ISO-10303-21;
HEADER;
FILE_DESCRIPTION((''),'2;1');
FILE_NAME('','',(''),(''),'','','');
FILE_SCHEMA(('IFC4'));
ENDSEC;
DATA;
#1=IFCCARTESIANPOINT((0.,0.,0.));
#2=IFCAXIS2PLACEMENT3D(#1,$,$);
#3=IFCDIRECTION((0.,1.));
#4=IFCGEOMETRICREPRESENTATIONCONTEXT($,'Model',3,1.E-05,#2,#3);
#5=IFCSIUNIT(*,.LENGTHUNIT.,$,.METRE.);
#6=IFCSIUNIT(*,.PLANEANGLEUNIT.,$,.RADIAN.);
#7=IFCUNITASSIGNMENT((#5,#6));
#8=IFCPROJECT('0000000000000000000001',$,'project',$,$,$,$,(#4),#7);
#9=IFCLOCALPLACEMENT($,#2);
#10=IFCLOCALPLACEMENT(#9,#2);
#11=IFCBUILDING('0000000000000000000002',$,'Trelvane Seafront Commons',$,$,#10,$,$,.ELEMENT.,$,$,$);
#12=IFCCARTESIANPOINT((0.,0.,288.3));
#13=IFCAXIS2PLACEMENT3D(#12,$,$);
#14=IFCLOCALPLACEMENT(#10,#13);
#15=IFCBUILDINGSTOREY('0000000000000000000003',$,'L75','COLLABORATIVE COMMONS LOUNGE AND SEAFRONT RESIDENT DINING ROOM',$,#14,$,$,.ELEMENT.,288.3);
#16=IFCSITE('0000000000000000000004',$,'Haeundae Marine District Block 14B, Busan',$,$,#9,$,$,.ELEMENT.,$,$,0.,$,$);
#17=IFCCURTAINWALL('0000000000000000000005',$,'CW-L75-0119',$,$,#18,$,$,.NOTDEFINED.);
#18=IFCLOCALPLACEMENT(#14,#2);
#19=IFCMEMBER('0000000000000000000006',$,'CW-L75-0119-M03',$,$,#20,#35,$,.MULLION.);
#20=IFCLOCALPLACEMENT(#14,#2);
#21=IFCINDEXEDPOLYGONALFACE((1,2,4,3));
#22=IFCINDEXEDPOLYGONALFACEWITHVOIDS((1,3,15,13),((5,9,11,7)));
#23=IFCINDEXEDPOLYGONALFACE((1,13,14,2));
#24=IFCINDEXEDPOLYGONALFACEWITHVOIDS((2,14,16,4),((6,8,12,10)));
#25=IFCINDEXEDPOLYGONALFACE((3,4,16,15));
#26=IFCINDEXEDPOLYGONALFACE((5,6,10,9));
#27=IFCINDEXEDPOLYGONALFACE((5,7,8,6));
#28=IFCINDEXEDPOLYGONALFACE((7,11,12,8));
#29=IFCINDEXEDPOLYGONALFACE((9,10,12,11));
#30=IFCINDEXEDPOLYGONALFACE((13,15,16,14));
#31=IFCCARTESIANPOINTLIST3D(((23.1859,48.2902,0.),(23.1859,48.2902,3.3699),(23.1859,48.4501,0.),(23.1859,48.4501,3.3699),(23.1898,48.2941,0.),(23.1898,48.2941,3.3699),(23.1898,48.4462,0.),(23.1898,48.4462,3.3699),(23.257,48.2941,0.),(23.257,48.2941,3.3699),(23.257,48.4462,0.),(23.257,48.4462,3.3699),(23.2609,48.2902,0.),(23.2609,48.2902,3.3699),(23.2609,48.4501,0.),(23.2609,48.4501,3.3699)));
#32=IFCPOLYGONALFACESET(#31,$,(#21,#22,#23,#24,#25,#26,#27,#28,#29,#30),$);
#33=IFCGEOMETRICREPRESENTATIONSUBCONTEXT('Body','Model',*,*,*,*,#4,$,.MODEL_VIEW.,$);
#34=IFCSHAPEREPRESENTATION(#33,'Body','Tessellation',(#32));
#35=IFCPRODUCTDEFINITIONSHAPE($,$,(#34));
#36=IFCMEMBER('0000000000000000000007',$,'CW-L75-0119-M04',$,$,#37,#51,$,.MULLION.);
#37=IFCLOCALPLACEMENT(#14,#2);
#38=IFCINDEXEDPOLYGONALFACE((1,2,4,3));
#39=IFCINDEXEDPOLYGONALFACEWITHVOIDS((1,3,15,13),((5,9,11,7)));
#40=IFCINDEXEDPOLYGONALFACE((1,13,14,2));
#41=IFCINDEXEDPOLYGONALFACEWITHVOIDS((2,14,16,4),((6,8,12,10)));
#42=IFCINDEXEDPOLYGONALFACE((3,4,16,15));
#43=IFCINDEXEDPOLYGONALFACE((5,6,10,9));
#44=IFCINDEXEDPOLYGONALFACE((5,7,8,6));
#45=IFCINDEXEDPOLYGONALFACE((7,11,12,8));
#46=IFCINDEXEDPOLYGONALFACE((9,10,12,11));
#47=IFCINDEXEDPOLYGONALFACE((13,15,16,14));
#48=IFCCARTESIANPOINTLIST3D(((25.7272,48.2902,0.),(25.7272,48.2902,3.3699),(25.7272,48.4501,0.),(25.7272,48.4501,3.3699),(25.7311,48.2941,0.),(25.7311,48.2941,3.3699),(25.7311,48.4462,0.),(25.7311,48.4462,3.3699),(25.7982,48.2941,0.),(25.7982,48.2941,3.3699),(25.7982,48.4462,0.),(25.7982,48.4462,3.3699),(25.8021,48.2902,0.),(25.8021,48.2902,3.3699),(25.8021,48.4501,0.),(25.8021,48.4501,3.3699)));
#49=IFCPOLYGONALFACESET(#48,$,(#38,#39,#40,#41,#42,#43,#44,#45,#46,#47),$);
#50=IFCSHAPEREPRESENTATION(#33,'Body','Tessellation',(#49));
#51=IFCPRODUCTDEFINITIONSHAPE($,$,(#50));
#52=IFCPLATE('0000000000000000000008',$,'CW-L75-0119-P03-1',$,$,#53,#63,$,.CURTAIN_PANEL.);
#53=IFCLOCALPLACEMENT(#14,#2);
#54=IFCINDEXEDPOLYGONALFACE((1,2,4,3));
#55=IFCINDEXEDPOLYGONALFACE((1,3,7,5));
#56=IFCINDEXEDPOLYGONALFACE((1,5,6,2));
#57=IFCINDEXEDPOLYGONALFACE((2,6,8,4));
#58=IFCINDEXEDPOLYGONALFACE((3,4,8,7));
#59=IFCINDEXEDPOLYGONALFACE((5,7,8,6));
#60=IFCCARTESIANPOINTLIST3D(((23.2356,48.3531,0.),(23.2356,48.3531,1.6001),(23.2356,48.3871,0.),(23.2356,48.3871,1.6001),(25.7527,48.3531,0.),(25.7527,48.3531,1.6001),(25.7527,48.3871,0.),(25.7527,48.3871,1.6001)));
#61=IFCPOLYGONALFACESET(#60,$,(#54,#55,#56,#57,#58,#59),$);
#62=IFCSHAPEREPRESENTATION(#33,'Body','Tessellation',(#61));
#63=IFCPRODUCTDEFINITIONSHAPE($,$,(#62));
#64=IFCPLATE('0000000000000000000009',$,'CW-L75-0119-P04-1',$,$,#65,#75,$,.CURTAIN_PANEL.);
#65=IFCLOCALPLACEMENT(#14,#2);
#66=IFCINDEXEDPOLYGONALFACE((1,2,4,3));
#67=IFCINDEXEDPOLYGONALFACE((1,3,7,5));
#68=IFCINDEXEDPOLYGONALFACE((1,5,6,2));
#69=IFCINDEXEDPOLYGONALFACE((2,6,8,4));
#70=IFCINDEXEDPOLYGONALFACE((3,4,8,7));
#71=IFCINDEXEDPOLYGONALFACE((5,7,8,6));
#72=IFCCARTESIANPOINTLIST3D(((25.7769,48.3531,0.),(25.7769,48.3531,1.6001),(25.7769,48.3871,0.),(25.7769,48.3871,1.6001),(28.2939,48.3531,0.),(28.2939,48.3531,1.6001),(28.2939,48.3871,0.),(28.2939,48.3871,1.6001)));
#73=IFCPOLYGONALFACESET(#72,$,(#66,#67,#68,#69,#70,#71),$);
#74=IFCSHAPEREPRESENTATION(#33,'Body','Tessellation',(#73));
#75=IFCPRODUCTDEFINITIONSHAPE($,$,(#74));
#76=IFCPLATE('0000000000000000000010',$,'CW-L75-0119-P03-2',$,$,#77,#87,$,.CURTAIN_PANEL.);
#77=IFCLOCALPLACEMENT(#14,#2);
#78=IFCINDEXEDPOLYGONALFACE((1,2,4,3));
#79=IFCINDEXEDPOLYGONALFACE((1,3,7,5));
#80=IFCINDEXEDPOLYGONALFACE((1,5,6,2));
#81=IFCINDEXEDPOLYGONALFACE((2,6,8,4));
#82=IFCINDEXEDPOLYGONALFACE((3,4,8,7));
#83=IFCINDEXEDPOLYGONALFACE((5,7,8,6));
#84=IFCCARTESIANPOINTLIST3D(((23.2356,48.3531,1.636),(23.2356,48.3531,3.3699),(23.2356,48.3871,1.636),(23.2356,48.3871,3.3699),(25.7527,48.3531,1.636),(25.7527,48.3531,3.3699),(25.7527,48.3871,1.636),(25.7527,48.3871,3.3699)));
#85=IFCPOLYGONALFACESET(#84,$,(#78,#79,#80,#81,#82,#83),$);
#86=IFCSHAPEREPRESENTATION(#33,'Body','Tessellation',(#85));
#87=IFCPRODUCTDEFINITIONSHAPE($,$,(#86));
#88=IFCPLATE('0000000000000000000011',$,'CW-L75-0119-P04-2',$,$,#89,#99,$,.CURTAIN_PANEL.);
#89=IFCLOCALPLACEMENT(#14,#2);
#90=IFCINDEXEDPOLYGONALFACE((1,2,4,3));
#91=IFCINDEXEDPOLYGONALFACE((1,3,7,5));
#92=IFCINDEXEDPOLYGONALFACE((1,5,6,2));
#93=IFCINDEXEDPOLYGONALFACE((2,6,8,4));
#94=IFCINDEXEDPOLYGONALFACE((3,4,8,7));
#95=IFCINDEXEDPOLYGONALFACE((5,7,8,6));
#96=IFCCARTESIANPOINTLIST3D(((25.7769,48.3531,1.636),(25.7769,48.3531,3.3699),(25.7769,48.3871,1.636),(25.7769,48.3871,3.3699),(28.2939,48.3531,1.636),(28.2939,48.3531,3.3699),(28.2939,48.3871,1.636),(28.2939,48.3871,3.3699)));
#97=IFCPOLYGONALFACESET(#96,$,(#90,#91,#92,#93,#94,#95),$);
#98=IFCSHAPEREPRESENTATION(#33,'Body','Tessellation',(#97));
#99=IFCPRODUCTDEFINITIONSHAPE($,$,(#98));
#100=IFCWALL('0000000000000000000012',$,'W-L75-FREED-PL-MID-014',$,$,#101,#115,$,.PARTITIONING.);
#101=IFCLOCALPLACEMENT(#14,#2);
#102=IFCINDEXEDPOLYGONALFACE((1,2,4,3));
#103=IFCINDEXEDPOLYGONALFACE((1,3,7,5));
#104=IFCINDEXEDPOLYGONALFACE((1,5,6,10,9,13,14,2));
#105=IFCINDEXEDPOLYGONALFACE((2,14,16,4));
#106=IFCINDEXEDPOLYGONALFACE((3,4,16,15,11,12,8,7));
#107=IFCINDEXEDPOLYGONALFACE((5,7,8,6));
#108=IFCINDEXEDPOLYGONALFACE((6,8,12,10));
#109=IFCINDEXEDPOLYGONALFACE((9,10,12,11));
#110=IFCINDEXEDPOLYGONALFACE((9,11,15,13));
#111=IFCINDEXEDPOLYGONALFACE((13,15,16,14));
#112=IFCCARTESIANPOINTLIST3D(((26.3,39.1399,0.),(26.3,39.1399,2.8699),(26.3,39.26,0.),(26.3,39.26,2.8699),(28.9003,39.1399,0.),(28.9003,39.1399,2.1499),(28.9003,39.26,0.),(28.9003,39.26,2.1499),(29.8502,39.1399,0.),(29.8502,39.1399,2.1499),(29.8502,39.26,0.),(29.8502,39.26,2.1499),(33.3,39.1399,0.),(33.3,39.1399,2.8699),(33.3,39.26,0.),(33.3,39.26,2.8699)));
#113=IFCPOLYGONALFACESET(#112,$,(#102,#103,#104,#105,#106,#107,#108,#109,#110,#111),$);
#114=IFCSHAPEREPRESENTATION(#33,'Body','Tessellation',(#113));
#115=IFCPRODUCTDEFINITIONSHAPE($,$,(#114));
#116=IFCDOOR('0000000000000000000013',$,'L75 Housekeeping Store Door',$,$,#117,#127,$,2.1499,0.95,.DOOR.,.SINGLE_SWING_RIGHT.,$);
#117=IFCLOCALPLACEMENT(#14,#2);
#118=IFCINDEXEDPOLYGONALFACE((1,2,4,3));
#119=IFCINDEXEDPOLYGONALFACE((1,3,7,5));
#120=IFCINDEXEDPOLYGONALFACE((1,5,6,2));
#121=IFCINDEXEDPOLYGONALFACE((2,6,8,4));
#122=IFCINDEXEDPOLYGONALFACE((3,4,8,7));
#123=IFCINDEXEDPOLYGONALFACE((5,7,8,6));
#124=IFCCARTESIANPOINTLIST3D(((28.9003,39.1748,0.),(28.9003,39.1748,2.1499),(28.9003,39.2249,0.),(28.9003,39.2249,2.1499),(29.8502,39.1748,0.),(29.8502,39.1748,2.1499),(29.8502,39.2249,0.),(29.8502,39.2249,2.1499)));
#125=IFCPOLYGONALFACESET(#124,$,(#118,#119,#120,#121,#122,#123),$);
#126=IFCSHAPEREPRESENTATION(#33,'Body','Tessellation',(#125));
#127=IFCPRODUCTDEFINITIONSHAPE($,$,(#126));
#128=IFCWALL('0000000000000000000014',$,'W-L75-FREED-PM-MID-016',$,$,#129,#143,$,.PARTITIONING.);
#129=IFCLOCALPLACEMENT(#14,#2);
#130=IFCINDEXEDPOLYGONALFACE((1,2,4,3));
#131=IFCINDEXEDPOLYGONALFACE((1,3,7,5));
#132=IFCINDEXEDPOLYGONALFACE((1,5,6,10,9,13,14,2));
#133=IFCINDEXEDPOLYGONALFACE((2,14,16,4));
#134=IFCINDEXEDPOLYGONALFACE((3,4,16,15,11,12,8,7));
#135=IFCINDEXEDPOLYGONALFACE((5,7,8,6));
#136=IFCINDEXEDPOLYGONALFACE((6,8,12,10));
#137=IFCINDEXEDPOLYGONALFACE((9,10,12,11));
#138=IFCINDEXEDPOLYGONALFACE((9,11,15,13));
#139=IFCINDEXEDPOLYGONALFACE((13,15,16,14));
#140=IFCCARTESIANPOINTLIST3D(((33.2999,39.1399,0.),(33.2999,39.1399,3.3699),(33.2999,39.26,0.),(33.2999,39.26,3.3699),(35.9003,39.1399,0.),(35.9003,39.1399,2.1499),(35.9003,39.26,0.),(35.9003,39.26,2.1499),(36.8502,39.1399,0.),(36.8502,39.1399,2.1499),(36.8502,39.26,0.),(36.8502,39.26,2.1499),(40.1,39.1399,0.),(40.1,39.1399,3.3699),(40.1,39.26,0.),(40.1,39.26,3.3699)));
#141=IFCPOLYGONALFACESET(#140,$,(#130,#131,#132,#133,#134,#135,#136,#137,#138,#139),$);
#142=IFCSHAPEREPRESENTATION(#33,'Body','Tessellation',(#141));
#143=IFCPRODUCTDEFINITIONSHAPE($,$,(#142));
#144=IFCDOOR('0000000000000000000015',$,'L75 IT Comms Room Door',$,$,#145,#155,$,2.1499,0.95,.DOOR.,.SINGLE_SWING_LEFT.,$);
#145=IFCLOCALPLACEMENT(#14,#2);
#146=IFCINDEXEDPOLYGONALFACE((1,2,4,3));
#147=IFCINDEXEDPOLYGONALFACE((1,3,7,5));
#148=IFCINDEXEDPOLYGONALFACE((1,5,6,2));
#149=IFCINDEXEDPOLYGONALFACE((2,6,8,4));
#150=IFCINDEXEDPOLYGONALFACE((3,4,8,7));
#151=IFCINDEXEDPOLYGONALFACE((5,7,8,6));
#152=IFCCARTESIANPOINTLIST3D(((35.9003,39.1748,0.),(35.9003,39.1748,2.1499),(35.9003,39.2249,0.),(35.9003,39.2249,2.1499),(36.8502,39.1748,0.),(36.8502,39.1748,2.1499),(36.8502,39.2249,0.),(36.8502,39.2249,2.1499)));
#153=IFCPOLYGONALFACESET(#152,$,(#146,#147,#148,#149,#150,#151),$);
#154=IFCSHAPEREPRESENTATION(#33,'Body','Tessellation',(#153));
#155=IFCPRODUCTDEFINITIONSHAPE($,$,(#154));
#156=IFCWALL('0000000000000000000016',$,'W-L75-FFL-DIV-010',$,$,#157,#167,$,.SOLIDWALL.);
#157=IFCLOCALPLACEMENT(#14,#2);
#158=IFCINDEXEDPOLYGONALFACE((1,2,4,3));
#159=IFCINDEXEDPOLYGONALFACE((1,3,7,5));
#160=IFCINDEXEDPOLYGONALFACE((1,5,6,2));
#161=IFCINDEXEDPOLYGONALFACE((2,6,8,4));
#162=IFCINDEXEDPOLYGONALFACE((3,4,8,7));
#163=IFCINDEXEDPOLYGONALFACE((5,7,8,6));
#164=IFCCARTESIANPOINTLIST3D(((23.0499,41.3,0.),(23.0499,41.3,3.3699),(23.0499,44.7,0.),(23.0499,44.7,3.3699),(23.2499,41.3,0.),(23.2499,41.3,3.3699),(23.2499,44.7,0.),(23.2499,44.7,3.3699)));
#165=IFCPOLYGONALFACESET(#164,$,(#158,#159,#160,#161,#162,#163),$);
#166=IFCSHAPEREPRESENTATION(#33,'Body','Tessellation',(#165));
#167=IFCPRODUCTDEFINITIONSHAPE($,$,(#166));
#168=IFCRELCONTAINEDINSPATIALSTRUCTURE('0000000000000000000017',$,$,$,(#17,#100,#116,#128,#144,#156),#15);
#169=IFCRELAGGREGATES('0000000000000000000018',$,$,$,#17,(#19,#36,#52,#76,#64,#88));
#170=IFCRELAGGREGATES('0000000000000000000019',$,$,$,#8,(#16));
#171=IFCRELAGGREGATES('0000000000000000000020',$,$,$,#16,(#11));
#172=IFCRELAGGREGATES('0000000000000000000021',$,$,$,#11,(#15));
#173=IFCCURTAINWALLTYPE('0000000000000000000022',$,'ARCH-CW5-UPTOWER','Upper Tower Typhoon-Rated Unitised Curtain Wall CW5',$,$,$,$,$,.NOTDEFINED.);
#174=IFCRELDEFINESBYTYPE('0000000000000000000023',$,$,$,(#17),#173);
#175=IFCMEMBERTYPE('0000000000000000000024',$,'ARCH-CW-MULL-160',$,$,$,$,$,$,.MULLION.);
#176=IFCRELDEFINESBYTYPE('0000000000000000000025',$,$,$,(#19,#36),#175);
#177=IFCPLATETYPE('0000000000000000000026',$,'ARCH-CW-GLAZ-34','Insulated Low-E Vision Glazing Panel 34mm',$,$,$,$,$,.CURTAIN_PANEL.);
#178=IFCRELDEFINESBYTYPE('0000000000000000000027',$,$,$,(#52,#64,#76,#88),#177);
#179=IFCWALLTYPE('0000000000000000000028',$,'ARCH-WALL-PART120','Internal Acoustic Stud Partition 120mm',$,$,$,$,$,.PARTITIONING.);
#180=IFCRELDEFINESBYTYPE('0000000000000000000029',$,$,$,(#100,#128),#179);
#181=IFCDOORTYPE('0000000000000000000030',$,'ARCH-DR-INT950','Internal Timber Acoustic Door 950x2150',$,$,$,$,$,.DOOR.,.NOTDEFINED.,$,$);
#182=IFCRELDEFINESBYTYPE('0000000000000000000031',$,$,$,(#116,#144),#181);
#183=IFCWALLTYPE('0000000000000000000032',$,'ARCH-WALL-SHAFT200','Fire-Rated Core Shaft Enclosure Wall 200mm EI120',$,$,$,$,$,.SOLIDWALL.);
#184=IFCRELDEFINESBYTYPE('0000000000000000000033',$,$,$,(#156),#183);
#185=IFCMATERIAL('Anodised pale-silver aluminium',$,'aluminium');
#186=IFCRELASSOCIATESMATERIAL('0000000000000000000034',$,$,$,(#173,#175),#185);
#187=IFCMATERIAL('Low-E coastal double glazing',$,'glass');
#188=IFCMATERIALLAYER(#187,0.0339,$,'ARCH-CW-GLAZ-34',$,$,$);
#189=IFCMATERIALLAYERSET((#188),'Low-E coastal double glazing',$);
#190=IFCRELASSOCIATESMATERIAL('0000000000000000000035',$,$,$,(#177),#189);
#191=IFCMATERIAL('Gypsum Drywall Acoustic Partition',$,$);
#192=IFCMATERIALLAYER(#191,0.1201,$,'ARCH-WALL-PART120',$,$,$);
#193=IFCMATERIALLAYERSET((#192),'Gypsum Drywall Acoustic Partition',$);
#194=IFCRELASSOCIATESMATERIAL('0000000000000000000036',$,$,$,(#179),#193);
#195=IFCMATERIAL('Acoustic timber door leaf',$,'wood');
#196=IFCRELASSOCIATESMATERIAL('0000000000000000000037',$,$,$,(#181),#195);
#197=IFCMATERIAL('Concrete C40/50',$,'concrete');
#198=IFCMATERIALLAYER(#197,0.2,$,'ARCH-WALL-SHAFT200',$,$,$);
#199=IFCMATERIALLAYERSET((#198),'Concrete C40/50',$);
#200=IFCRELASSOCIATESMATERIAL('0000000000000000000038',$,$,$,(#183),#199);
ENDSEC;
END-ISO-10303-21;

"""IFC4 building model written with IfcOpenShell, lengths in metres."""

from ifc_helpers import new_model, si_unit, direction, frame, frame_2d, origin, origin_2d, place, context, subcontext, project, spatial, rectangle, hollow_rectangle, extrude, source, transform, mapped, material, layer, layer_set, material_profile, profile_set, type_object, element, fill, aggregate, save


model = new_model("IFC4")

# Units and contexts
model_context = context("Model", 3, precision=1e-05, world=origin(), true_north=direction((0.0, 1.0)))
body_context = subcontext(model_context, "Body", "Model", "MODEL_VIEW")
ifc_project = project(units=[si_unit("LENGTHUNIT", "METRE"), si_unit("PLANEANGLEUNIT", "RADIAN")], contexts=[model_context])

# Site, building, storey
site_placement = place(None, origin())
site = spatial("IfcSite", under=ifc_project, at=site_placement, Name="Haeundae Marine District Block 14B, Busan", CompositionType="ELEMENT", RefElevation=0.0)
building_placement = place(site_placement, origin())
building = spatial("IfcBuilding", under=site, at=building_placement, Name="Trelvane Seafront Commons", CompositionType="ELEMENT")
storey_placement = place(building_placement, frame((0.0, 0.0, 288.3)))
storey = spatial("IfcBuildingStorey", under=building, at=storey_placement, Name="L75", Description="COLLABORATIVE COMMONS LOUNGE AND SEAFRONT RESIDENT DINING ROOM", CompositionType="ELEMENT", Elevation=288.3)

# Curtain wall, members, plates
ifc_material_1 = material(Name="Anodised pale-silver aluminium", Category="aluminium")
curtain_wall_type = type_object("IfcCurtainWallType", Name="ARCH-CW5-UPTOWER", Description="Upper Tower Typhoon-Rated Unitised Curtain Wall CW5", PredefinedType="NOTDEFINED", material=ifc_material_1)
curtain_wall_placement = place(storey_placement, origin())
curtain_wall = element("IfcCurtainWall", 1, at=curtain_wall_placement, inside=storey, type_object=curtain_wall_type, Name="CW-L75-0119", PredefinedType="NOTDEFINED")
ifc_material_profile_1 = material_profile(ifc_material_1, hollow_rectangle(XDim=0.075, YDim=0.1599, WallThickness=0.0039, at=origin_2d()), Name="MULL-75x160x4")
ifc_profile_set_1 = profile_set([ifc_material_profile_1], Name="Anodised pale-silver aluminium")
member_type_1 = type_object("IfcMemberType", Name="ARCH-CW-MULL-160", PredefinedType="MULLION", material=ifc_profile_set_1)
shared_shape_1 = source(origin(), body_context, "Body", "SweptSolid", [
    extrude(hollow_rectangle(XDim=0.075, YDim=0.1599, WallThickness=0.0039, at=origin_2d()), origin(), (0.0, 0.0, 1.0), 3.3699),
])
member_1_placement = place(storey_placement, frame((23.2234, 48.3701, 0.0), z_axis=(0.0, 0.0, 1.0), x_axis=(1.0, 0.0, 0.0)))
member_1 = element("IfcMember", 2, at=member_1_placement, type_object=member_type_1, Name="CW-L75-0119-M03", PredefinedType="MULLION", context=body_context, shape_type="MappedRepresentation", body=[
    mapped(shared_shape_1, transform((0.0, 0.0, 0.0), x_axis=(1.0, 0.0, 0.0), y_axis=(0.0, 1.0, 0.0), z_axis=(0.0, 0.0, 1.0), scale=1.0)),
])
member_2_placement = place(storey_placement, frame((25.7646, 48.3701, 0.0), z_axis=(0.0, 0.0, 1.0), x_axis=(1.0, 0.0, 0.0)))
member_2 = element("IfcMember", 3, at=member_2_placement, type_object=member_type_1, Name="CW-L75-0119-M04", PredefinedType="MULLION", context=body_context, shape_type="MappedRepresentation", body=[
    mapped(shared_shape_1, transform((0.0, 0.0, 0.0), x_axis=(1.0, 0.0, 0.0), y_axis=(0.0, 1.0, 0.0), z_axis=(0.0, 0.0, 1.0), scale=1.0)),
])
ifc_material_2 = material(Name="Low-E coastal double glazing", Category="glass")
ifc_layer_1 = layer(ifc_material_2, 0.0339, Name="ARCH-CW-GLAZ-34")
ifc_layer_set_1 = layer_set([ifc_layer_1], Name="Low-E coastal double glazing")
plate_type = type_object("IfcPlateType", Name="ARCH-CW-GLAZ-34", Description="Insulated Low-E Vision Glazing Panel 34mm", PredefinedType="CURTAIN_PANEL", material=ifc_layer_set_1)
shared_shape_2 = source(origin(), body_context, "Body", "SweptSolid", [
    extrude(rectangle(XDim=2.5171, YDim=0.0339, at=origin_2d()), origin(), (0.0, 0.0, 1.0), 1.6001),
])
plate_1_placement = place(storey_placement, frame((24.4941, 48.3701, 0.0), z_axis=(0.0, 0.0, 1.0), x_axis=(1.0, 0.0, 0.0)))
plate_1 = element("IfcPlate", 4, at=plate_1_placement, type_object=plate_type, Name="CW-L75-0119-P03-1", PredefinedType="CURTAIN_PANEL", context=body_context, shape_type="MappedRepresentation", body=[
    mapped(shared_shape_2, transform((0.0, 0.0, 0.0), x_axis=(1.0, 0.0, 0.0), y_axis=(0.0, 1.0, 0.0), z_axis=(0.0, 0.0, 1.0), scale=1.0)),
])
plate_2_placement = place(storey_placement, frame((27.0354, 48.3701, 0.0), z_axis=(0.0, 0.0, 1.0), x_axis=(1.0, 0.0, 0.0)))
plate_2 = element("IfcPlate", 5, at=plate_2_placement, type_object=plate_type, Name="CW-L75-0119-P04-1", PredefinedType="CURTAIN_PANEL", context=body_context, shape_type="MappedRepresentation", body=[
    mapped(shared_shape_2, transform((0.0, 0.0, 0.0), x_axis=(1.0, 0.0, 0.0), y_axis=(0.0, 1.0, 0.0), z_axis=(0.0, 0.0, 1.0), scale=1.0)),
])
shared_shape_3 = source(origin(), body_context, "Body", "SweptSolid", [
    extrude(rectangle(XDim=2.5171, YDim=0.0339, at=origin_2d()), origin(), (0.0, 0.0, 1.0), 1.7339),
])
plate_3_placement = place(storey_placement, frame((24.4941, 48.3701, 1.636), z_axis=(0.0, 0.0, 1.0), x_axis=(1.0, 0.0, 0.0)))
plate_3 = element("IfcPlate", 6, at=plate_3_placement, type_object=plate_type, Name="CW-L75-0119-P03-2", PredefinedType="CURTAIN_PANEL", context=body_context, shape_type="MappedRepresentation", body=[
    mapped(shared_shape_3, transform((0.0, 0.0, 0.0), x_axis=(1.0, 0.0, 0.0), y_axis=(0.0, 1.0, 0.0), z_axis=(0.0, 0.0, 1.0), scale=1.0)),
])
plate_4_placement = place(storey_placement, frame((27.0354, 48.3701, 1.636), z_axis=(0.0, 0.0, 1.0), x_axis=(1.0, 0.0, 0.0)))
plate_4 = element("IfcPlate", 7, at=plate_4_placement, type_object=plate_type, Name="CW-L75-0119-P04-2", PredefinedType="CURTAIN_PANEL", context=body_context, shape_type="MappedRepresentation", body=[
    mapped(shared_shape_3, transform((0.0, 0.0, 0.0), x_axis=(1.0, 0.0, 0.0), y_axis=(0.0, 1.0, 0.0), z_axis=(0.0, 0.0, 1.0), scale=1.0)),
])
aggregate(curtain_wall, [member_1, member_2, plate_1, plate_3, plate_2, plate_4])

# Walls, openings, doors
ifc_material_3 = material(Name="Concrete C40/50", Category="concrete")
ifc_material_4 = material(Name="Gypsum Drywall Acoustic Partition")
ifc_layer_2 = layer(ifc_material_4, 0.1201, Name="ARCH-WALL-PART120")
ifc_layer_set_2 = layer_set([ifc_layer_2], Name="Gypsum Drywall Acoustic Partition")
wall_type_1 = type_object("IfcWallType", Name="ARCH-WALL-PART120", Description="Internal Acoustic Stud Partition 120mm", PredefinedType="PARTITIONING", material=ifc_layer_set_2)
wall_1_placement = place(storey_placement, frame((26.3, 39.2, 0.0), z_axis=(0.0, 0.0, 1.0), x_axis=(1.0, 0.0, 0.0)))
wall_1 = element("IfcWall", 8, at=wall_1_placement, inside=storey, type_object=wall_type_1, Name="W-L75-FREED-PL-MID-014", PredefinedType="PARTITIONING", context=body_context, shape_type="SweptSolid", body=[
    extrude(rectangle(XDim=7.0, YDim=0.1201, at=frame_2d((3.5, 0.0))), origin(), (0.0, 0.0, 1.0), 2.8699),
])
opening_1_placement = place(wall_1_placement, frame((2.6001, 0.0, 0.0)))
opening_1 = element("IfcOpeningElement", 9, at=opening_1_placement, cuts=wall_1, PredefinedType="OPENING", context=body_context, shape_type="SweptSolid", body=[
    extrude(rectangle(XDim=0.95, YDim=2.1499, at=frame_2d((0.4751, 1.075))), frame((0.0, 0.0701, 0.0), z_axis=(0.0, -1.0, 0.0), x_axis=(1.0, 0.0, 0.0)), (0.0, 0.0, 1.0), 0.1401),
])
ifc_material_5 = material(Name="Acoustic timber door leaf", Category="wood")
door_type_1 = type_object("IfcDoorType", Name="ARCH-DR-INT950", Description="Internal Timber Acoustic Door 950x2150", OperationType="NOTDEFINED", PredefinedType="DOOR", material=ifc_material_5)
shared_shape_4 = source(origin(), body_context, "Body", "SweptSolid", [
    extrude(rectangle(XDim=0.95, YDim=2.1499, at=frame_2d((0.4751, 1.075))), frame((0.0, 0.0249, 0.0), z_axis=(0.0, -1.0, 0.0), x_axis=(1.0, 0.0, 0.0)), (0.0, 0.0, 1.0), 0.05),
])
door_1_placement = place(opening_1_placement, origin())
door_1 = element("IfcDoor", 10, at=door_1_placement, inside=storey, type_object=door_type_1, Name="L75 Housekeeping Store Door", OperationType="SINGLE_SWING_RIGHT", OverallHeight=2.1499, OverallWidth=0.95, PredefinedType="DOOR", context=body_context, shape_type="MappedRepresentation", body=[
    mapped(shared_shape_4, transform((0.0, 0.0, 0.0), x_axis=(1.0, 0.0, 0.0), y_axis=(0.0, 1.0, 0.0), z_axis=(0.0, 0.0, 1.0), scale=1.0)),
])
fill(opening_1, door_1)
wall_2_placement = place(storey_placement, frame((33.3, 39.2, 0.0), z_axis=(0.0, 0.0, 1.0), x_axis=(1.0, 0.0, 0.0)))
wall_2 = element("IfcWall", 11, at=wall_2_placement, inside=storey, type_object=wall_type_1, Name="W-L75-FREED-PM-MID-016", PredefinedType="PARTITIONING", context=body_context, shape_type="SweptSolid", body=[
    extrude(rectangle(XDim=6.8, YDim=0.1201, at=frame_2d((3.3999, 0.0))), origin(), (0.0, 0.0, 1.0), 3.3699),
])
opening_2_placement = place(wall_2_placement, frame((2.6001, 0.0, 0.0)))
opening_2 = element("IfcOpeningElement", 12, at=opening_2_placement, cuts=wall_2, PredefinedType="OPENING", context=body_context, shape_type="SweptSolid", body=[
    extrude(rectangle(XDim=0.95, YDim=2.1499, at=frame_2d((0.4751, 1.075))), frame((0.0, 0.0701, 0.0), z_axis=(0.0, -1.0, 0.0), x_axis=(1.0, 0.0, 0.0)), (0.0, 0.0, 1.0), 0.1401),
])
door_2_placement = place(opening_2_placement, origin())
door_2 = element("IfcDoor", 13, at=door_2_placement, inside=storey, type_object=door_type_1, Name="L75 IT Comms Room Door", OperationType="SINGLE_SWING_LEFT", OverallHeight=2.1499, OverallWidth=0.95, PredefinedType="DOOR", context=body_context, shape_type="MappedRepresentation", body=[
    mapped(shared_shape_4, transform((0.0, 0.0, 0.0), x_axis=(1.0, 0.0, 0.0), y_axis=(0.0, 1.0, 0.0), z_axis=(0.0, 0.0, 1.0), scale=1.0)),
])
fill(opening_2, door_2)

# Wall
ifc_layer_3 = layer(ifc_material_3, 0.2, Name="ARCH-WALL-SHAFT200")
ifc_layer_set_3 = layer_set([ifc_layer_3], Name="Concrete C40/50")
wall_type_2 = type_object("IfcWallType", Name="ARCH-WALL-SHAFT200", Description="Fire-Rated Core Shaft Enclosure Wall 200mm EI120", PredefinedType="SOLIDWALL", material=ifc_layer_set_3)
for number, where, z_axis, x_axis, name in (
    (14, (23.1499, 41.3, 0.0), (0.0, 0.0, 1.0), (0.0, 1.0, 0.0), "W-L75-FFL-DIV-010"),
):
    element("IfcWall", number, at=place(storey_placement, frame(where, z_axis=z_axis, x_axis=x_axis)), inside=storey, type_object=wall_type_2, Name=name, PredefinedType="SOLIDWALL", context=body_context, shape_type="SweptSolid", body=[
        extrude(rectangle(XDim=3.3999, YDim=0.2, at=frame_2d((1.7, 0.0))), origin(), (0.0, 0.0, 1.0), 3.3699),
    ])

save(model, "model.ifc")
